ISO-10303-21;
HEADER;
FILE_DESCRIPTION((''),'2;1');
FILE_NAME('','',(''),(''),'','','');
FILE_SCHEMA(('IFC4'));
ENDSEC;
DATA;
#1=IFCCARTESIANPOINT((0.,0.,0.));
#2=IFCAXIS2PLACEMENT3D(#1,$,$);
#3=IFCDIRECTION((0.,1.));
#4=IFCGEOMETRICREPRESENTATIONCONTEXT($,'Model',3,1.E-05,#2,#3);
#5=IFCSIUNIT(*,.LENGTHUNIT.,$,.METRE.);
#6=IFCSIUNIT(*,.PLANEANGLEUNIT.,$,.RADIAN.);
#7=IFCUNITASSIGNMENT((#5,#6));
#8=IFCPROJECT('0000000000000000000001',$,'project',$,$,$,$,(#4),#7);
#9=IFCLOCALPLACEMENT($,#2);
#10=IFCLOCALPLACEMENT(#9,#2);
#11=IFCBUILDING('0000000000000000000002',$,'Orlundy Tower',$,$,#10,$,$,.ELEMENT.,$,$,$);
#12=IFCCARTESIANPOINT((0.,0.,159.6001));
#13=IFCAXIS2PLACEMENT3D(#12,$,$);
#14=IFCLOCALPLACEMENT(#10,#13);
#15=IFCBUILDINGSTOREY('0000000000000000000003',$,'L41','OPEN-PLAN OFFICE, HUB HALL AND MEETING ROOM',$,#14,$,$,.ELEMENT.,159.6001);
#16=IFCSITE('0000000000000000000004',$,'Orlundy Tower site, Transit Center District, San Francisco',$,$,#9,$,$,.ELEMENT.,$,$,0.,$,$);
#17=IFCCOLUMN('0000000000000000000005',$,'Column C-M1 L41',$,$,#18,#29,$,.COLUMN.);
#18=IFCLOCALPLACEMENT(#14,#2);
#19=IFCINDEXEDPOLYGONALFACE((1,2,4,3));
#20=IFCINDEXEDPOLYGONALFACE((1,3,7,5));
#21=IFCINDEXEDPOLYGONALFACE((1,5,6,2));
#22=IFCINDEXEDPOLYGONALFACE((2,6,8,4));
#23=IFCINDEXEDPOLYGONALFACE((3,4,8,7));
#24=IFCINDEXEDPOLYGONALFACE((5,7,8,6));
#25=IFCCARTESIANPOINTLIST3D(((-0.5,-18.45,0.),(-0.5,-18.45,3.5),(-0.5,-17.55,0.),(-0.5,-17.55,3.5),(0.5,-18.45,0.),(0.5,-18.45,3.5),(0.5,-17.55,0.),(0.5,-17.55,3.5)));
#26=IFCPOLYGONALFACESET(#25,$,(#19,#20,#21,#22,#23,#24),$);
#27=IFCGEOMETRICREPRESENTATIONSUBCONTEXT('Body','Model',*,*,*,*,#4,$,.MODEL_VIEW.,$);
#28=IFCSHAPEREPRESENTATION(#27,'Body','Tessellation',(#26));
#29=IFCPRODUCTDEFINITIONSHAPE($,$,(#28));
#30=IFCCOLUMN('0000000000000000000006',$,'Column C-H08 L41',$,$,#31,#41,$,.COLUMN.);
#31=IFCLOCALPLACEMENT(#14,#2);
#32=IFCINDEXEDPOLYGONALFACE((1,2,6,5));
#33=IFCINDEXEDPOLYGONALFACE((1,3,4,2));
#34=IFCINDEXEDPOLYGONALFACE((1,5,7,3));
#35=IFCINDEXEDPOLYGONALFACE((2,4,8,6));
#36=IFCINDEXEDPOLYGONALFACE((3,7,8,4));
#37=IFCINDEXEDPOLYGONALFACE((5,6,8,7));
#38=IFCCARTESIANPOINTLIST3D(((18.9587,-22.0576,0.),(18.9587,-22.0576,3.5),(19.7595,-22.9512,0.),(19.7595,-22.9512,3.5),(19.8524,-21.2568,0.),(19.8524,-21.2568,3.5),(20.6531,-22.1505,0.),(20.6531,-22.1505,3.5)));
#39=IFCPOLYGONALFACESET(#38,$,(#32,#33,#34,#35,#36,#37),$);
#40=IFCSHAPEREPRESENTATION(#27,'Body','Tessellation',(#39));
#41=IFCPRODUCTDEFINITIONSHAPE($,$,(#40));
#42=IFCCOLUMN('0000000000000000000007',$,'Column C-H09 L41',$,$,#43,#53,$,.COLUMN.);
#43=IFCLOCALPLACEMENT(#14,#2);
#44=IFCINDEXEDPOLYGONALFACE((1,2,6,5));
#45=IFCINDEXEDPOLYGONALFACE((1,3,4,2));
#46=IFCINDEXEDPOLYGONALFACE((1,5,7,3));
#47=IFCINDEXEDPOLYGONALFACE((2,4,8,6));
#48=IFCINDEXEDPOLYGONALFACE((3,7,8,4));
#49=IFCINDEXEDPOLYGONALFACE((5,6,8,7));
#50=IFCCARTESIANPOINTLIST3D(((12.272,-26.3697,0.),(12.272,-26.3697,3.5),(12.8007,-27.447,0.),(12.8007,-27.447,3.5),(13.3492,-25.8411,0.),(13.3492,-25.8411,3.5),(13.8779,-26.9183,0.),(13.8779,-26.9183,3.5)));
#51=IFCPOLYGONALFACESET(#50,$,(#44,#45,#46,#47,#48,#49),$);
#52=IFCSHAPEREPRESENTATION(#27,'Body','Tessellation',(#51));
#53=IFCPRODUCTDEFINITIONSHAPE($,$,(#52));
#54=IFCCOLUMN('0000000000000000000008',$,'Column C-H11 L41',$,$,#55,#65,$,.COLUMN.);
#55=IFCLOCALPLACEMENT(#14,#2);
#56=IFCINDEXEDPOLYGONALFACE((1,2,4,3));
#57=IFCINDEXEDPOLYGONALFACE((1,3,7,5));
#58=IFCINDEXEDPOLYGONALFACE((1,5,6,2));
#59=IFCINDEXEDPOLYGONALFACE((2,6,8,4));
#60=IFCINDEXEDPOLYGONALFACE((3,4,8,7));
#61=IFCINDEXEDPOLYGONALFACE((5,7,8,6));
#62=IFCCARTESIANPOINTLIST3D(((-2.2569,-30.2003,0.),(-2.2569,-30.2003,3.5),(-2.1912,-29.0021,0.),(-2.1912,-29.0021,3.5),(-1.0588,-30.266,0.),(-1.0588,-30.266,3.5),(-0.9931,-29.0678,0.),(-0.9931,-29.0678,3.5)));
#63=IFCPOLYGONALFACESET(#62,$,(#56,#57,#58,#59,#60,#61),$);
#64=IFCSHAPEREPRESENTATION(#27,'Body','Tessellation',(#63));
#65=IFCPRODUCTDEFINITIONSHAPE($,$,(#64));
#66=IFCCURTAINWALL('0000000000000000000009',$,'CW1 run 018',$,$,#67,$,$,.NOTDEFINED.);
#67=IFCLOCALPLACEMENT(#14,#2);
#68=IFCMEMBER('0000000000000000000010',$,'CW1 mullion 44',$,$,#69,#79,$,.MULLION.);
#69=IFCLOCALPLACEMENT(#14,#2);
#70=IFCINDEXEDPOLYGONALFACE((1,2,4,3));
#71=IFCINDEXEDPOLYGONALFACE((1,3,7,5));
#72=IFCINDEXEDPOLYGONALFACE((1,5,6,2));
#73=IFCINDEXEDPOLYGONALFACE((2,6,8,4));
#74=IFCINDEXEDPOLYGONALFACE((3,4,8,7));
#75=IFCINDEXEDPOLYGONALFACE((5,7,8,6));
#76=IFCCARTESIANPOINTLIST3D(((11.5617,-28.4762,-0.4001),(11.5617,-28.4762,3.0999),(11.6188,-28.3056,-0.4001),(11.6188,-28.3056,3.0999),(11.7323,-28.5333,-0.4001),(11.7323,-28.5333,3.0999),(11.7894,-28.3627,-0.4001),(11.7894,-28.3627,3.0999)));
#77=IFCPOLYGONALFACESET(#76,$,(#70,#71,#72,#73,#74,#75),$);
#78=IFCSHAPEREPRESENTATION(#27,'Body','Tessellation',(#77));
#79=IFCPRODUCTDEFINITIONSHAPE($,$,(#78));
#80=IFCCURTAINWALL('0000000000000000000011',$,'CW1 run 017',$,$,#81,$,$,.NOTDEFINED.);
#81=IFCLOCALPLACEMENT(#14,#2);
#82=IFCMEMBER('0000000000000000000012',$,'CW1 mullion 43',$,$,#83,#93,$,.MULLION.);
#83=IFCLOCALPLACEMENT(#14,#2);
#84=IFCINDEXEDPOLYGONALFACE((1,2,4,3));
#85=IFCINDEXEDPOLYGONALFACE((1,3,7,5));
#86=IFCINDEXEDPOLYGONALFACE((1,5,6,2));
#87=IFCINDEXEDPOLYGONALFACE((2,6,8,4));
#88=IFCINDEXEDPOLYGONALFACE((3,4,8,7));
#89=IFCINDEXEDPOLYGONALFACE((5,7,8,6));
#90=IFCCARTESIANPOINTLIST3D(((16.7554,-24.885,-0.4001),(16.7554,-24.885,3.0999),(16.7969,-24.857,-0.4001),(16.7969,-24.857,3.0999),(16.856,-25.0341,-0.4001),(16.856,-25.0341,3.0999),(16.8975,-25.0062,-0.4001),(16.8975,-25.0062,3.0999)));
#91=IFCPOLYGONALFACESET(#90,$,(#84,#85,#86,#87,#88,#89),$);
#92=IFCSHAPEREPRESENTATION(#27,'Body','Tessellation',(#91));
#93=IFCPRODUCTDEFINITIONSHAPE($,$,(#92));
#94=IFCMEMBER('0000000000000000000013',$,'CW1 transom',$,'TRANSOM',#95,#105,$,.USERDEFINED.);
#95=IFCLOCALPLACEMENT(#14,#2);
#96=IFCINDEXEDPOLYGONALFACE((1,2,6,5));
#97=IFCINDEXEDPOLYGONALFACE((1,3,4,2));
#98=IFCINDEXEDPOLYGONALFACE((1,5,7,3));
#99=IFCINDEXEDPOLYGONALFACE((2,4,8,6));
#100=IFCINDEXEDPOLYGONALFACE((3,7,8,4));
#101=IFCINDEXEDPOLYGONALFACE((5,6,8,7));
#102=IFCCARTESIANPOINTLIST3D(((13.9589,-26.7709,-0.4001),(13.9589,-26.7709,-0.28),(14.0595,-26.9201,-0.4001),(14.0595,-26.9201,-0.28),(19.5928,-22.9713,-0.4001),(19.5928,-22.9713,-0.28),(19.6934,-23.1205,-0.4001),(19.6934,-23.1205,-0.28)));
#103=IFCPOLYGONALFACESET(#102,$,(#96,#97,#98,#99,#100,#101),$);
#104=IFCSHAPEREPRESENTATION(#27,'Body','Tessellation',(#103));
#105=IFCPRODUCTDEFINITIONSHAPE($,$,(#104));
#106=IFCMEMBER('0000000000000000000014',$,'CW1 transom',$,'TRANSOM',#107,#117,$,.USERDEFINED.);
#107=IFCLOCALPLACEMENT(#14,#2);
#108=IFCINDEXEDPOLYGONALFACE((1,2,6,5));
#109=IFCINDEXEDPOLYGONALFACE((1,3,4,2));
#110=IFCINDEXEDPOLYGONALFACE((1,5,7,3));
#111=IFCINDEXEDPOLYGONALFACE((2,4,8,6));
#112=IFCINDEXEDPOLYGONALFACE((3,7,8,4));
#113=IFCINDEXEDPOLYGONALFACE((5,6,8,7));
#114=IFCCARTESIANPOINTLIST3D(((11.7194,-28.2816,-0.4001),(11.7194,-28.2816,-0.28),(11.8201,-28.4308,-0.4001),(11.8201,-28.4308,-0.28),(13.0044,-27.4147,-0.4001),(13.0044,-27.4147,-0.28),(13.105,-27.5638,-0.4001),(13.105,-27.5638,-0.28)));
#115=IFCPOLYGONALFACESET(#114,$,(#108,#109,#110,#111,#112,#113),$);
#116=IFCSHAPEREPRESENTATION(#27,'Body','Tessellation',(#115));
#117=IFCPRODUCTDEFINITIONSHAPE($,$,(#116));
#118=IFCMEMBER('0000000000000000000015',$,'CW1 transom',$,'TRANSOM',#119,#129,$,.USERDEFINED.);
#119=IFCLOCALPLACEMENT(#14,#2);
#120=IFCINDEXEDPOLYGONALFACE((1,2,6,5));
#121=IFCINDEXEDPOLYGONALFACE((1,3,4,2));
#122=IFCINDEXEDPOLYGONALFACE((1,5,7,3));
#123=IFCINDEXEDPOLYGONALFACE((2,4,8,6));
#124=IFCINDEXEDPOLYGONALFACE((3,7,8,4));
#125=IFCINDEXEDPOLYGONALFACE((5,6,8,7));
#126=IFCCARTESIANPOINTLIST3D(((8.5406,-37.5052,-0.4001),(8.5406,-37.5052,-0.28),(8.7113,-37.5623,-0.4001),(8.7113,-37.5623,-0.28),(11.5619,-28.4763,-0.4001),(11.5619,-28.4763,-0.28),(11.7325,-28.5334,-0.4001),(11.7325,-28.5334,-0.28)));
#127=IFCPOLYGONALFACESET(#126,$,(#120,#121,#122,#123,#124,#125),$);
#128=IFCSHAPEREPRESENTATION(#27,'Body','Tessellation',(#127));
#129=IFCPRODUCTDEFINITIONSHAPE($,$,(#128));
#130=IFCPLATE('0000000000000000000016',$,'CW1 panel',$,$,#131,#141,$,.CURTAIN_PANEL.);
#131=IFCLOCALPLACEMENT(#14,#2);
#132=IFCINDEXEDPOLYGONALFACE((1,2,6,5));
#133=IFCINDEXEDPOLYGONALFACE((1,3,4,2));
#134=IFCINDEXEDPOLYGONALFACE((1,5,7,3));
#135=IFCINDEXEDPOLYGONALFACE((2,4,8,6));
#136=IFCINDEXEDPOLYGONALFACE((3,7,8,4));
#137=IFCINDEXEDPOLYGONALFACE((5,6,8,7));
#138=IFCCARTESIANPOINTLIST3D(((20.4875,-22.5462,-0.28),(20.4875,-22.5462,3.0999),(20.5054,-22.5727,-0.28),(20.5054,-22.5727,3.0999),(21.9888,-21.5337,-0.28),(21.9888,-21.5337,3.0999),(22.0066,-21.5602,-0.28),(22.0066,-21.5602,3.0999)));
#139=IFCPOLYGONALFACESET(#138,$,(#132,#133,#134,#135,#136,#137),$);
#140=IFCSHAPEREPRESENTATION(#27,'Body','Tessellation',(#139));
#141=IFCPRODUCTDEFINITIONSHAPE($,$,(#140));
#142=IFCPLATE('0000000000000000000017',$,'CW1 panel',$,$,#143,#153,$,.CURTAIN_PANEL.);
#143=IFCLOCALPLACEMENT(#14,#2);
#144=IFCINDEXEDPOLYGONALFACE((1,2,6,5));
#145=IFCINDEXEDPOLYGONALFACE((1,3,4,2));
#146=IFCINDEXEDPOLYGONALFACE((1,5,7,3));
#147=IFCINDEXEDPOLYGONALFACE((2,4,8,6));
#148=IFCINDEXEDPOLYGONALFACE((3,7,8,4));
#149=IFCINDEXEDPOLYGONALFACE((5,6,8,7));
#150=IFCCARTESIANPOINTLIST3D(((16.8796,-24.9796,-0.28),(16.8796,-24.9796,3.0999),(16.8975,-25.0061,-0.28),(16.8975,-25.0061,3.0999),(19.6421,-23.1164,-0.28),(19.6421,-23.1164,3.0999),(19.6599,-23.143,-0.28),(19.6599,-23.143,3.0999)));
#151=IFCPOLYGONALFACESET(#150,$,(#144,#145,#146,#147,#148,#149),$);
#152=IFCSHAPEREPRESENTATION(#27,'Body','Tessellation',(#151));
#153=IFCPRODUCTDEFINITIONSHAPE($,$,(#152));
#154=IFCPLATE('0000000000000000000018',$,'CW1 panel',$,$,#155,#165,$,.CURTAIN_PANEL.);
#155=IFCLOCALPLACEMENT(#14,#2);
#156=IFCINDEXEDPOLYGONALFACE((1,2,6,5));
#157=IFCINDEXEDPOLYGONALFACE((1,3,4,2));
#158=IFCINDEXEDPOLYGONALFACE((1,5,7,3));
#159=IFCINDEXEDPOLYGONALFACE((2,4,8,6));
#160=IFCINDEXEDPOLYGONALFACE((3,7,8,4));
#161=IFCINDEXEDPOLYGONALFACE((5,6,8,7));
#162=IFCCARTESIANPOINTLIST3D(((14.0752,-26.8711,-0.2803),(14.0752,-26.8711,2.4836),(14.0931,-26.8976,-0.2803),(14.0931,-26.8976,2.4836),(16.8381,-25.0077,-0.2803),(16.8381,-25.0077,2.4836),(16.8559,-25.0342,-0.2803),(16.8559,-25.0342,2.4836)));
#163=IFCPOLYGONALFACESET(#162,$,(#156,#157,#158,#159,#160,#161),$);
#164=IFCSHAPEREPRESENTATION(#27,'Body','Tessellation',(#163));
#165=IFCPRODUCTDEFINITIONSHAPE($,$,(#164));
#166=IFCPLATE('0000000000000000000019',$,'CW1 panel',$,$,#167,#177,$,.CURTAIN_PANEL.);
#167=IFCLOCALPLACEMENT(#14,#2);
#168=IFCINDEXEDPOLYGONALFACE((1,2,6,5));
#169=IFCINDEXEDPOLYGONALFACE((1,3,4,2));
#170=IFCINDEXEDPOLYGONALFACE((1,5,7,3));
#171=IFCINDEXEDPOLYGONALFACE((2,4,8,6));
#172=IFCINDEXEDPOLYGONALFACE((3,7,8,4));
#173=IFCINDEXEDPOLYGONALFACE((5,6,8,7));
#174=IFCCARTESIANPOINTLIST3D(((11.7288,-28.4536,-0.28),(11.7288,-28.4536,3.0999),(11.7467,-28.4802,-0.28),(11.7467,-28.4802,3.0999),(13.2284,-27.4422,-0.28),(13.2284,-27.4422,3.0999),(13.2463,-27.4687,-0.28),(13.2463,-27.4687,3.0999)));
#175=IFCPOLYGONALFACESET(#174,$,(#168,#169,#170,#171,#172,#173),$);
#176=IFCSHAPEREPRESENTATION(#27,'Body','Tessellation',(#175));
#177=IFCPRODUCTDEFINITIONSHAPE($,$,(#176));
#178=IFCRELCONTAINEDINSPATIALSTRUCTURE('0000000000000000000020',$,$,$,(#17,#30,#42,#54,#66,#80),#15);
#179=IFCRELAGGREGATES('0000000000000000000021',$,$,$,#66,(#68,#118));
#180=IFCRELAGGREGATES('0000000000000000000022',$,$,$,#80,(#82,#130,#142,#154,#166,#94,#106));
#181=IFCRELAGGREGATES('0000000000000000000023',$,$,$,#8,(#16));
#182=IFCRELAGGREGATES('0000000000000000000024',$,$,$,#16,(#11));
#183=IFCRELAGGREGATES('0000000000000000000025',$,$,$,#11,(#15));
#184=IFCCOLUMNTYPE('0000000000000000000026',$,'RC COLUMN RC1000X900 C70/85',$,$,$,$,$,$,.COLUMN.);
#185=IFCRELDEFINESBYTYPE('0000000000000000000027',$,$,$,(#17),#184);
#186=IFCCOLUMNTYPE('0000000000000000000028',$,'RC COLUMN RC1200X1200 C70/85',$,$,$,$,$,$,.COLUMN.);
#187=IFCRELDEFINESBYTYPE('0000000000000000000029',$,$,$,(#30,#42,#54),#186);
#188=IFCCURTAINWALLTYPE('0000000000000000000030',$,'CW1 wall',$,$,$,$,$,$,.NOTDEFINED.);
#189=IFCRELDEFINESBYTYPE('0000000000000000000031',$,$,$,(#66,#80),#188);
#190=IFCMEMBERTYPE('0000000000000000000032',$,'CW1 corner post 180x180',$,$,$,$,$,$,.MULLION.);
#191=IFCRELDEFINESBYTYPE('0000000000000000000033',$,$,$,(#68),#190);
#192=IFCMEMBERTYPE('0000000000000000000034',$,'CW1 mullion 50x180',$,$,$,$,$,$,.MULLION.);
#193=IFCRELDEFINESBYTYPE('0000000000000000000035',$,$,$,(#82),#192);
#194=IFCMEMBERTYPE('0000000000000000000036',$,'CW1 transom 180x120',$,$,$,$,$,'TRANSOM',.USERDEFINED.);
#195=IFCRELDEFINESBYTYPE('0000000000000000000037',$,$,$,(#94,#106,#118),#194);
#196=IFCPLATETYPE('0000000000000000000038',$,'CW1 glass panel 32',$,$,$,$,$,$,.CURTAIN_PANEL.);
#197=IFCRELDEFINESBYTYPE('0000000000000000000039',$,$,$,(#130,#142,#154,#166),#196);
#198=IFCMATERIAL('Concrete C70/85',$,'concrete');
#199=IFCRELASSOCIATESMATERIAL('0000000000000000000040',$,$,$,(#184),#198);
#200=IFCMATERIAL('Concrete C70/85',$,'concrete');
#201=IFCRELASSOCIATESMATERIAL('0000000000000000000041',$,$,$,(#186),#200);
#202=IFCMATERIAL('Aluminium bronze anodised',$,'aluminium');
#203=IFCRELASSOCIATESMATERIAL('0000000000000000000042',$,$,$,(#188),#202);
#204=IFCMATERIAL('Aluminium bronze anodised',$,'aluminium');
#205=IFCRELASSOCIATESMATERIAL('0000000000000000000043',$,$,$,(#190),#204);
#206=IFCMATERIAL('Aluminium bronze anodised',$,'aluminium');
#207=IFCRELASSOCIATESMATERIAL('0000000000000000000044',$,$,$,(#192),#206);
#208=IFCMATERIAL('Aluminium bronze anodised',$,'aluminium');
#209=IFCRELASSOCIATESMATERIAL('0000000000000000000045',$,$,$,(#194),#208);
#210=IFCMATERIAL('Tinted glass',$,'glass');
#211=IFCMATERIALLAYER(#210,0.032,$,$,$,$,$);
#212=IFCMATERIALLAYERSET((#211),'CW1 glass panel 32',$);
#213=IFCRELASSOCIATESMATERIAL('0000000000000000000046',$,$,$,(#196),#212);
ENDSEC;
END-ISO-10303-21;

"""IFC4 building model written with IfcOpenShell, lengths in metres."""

from ifc_helpers import new_model, si_unit, direction, frame, origin, origin_2d, place, context, subcontext, project, spatial, rectangle, extrude, material, layer, layer_set, material_profile, profile_set, type_object, element, aggregate, save


model = new_model("IFC4")

# Units and contexts
model_context = context("Model", 3, precision=1e-05, world=origin(), true_north=direction((0.0, 1.0)))
body_context = subcontext(model_context, "Body", "Model", "MODEL_VIEW")
ifc_project = project(units=[si_unit("LENGTHUNIT", "METRE"), si_unit("PLANEANGLEUNIT", "RADIAN")], contexts=[model_context])

# Site, building, storey
site_placement = place(None, origin())
site = spatial("IfcSite", under=ifc_project, at=site_placement, Name="Orlundy Tower site, Transit Center District, San Francisco", CompositionType="ELEMENT", RefElevation=0.0)
building_placement = place(site_placement, origin())
building = spatial("IfcBuilding", under=site, at=building_placement, Name="Orlundy Tower", CompositionType="ELEMENT")
storey_placement = place(building_placement, frame((0.0, 0.0, 159.6001)))
storey = spatial("IfcBuildingStorey", under=building, at=storey_placement, Name="L41", Description="OPEN-PLAN OFFICE, HUB HALL AND MEETING ROOM", CompositionType="ELEMENT", Elevation=159.6001)

# Columns
ifc_material_1 = material(Name="Concrete C70/85", Category="concrete")
ifc_material_profile_1 = material_profile(ifc_material_1, rectangle(XDim=1.0, YDim=0.8999, at=origin_2d()), Name="RC1000X900")
ifc_profile_set_1 = profile_set([ifc_material_profile_1], Name="Concrete C70/85")
column_type_1 = type_object("IfcColumnType", Name="RC COLUMN RC1000X900 C70/85", PredefinedType="COLUMN", material=ifc_profile_set_1)
column_placement = place(storey_placement, frame((0.0, -18.0, 0.0), z_axis=(0.0, 0.0, 1.0), x_axis=(1.0, 0.0, 0.0)))
element("IfcColumn", 1, at=column_placement, inside=storey, type_object=column_type_1, Name="Column C-M1 L41", PredefinedType="COLUMN", context=body_context, shape_type="SweptSolid", body=[
    extrude(rectangle(XDim=1.0, YDim=0.8999, at=origin_2d()), origin(), (0.0, 0.0, 1.0), 3.5),
])
ifc_material_2 = material(Name="Concrete C70/85", Category="concrete")
ifc_material_profile_2 = material_profile(ifc_material_2, rectangle(XDim=1.2, YDim=1.2, at=origin_2d()), Name="RC1200X1200")
ifc_profile_set_2 = profile_set([ifc_material_profile_2], Name="Concrete C70/85")
column_type_2 = type_object("IfcColumnType", Name="RC COLUMN RC1200X1200 C70/85", PredefinedType="COLUMN", material=ifc_profile_set_2)
for number, where, z_axis, x_axis, name in (
    (2, (19.8059, -22.104, 0.0), (0.0, 0.0, 1.0), (0.667339, -0.744754, 0.0), "Column C-H08 L41"),
    (3, (13.075, -26.644, 0.0), (0.0, 0.0, 1.0), (0.44055, -0.897728, 0.0), "Column C-H09 L41"),
    (4, (-1.625, -29.634, 0.0), (0.0, 0.0, 1.0), (-0.054758, -0.9985, 0.0), "Column C-H11 L41"),
):
    element("IfcColumn", number, at=place(storey_placement, frame(where, z_axis=z_axis, x_axis=x_axis)), inside=storey, type_object=column_type_2, Name=name, PredefinedType="COLUMN", context=body_context, shape_type="SweptSolid", body=[
        extrude(rectangle(XDim=1.2, YDim=1.2, at=origin_2d()), origin(), (0.0, 0.0, 1.0), 3.5),
    ])

# Curtain wall, member
ifc_material_3 = material(Name="Aluminium bronze anodised", Category="aluminium")
curtain_wall_type = type_object("IfcCurtainWallType", Name="CW1 wall", PredefinedType="NOTDEFINED", material=ifc_material_3)
curtain_wall_1_placement = place(storey_placement, origin())
curtain_wall_1 = element("IfcCurtainWall", 5, at=curtain_wall_1_placement, inside=storey, type_object=curtain_wall_type, Name="CW1 run 018", PredefinedType="NOTDEFINED")
ifc_material_4 = material(Name="Aluminium bronze anodised", Category="aluminium")
ifc_material_profile_3 = material_profile(ifc_material_4, rectangle(XDim=0.1799, YDim=0.1799, at=origin_2d()), Name="CW1 corner post 180x180")
ifc_profile_set_3 = profile_set([ifc_material_profile_3], Name="Aluminium bronze anodised")
member_type_1 = type_object("IfcMemberType", Name="CW1 corner post 180x180", PredefinedType="MULLION", material=ifc_profile_set_3)
member_1_placement = place(storey_placement, frame((11.6755, -28.4194, -0.4001), z_axis=(0.0, 0.0, 1.0), x_axis=(0.948321, -0.317314, 0.0)))
member_1 = element("IfcMember", 6, at=member_1_placement, type_object=member_type_1, Name="CW1 mullion 44", PredefinedType="MULLION", context=body_context, shape_type="SweptSolid", body=[
    extrude(rectangle(XDim=0.1799, YDim=0.1799, at=origin_2d()), origin(), (0.0, 0.0, 1.0), 3.5),
])

# Curtain wall, members
curtain_wall_2_placement = place(storey_placement, origin())
curtain_wall_2 = element("IfcCurtainWall", 7, at=curtain_wall_2_placement, inside=storey, type_object=curtain_wall_type, Name="CW1 run 017", PredefinedType="NOTDEFINED")
ifc_material_5 = material(Name="Aluminium bronze anodised", Category="aluminium")
ifc_material_profile_4 = material_profile(ifc_material_5, rectangle(XDim=0.1799, YDim=0.05, at=origin_2d()), Name="CW1 mullion 50x180")
ifc_profile_set_4 = profile_set([ifc_material_profile_4], Name="Aluminium bronze anodised")
member_type_2 = type_object("IfcMemberType", Name="CW1 mullion 50x180", PredefinedType="MULLION", material=ifc_profile_set_4)
member_2_placement = place(storey_placement, frame((16.8264, -24.9456, -0.4001), z_axis=(0.0, 0.0, 1.0), x_axis=(0.559165, -0.829057, 0.0)))
member_2 = element("IfcMember", 8, at=member_2_placement, type_object=member_type_2, Name="CW1 mullion 43", PredefinedType="MULLION", context=body_context, shape_type="SweptSolid", body=[
    extrude(rectangle(XDim=0.1799, YDim=0.05, at=origin_2d()), origin(), (0.0, 0.0, 1.0), 3.5),
])
ifc_material_6 = material(Name="Aluminium bronze anodised", Category="aluminium")
ifc_material_profile_5 = material_profile(ifc_material_6, rectangle(XDim=0.1799, YDim=0.1201, at=origin_2d()), Name="CW1 transom 180x120")
ifc_profile_set_5 = profile_set([ifc_material_profile_5], Name="Aluminium bronze anodised")
member_type_3 = type_object("IfcMemberType", Name="CW1 transom 180x120", ElementType="TRANSOM", PredefinedType="USERDEFINED", material=ifc_profile_set_5)
member_3_placement = place(storey_placement, frame((19.6431, -23.0459, -0.3401), z_axis=(-0.82907, -0.559145, 0.0), x_axis=(0.559145, -0.82907, 0.0)))
member_3 = element("IfcMember", 9, at=member_3_placement, type_object=member_type_3, Name="CW1 transom", ObjectType="TRANSOM", PredefinedType="USERDEFINED", context=body_context, shape_type="SweptSolid", body=[
    extrude(rectangle(XDim=0.1799, YDim=0.1201, at=origin_2d()), origin(), (0.0, 0.0, 1.0), 6.7954),
])
member_4_placement = place(storey_placement, frame((13.0547, -27.4893, -0.3401), z_axis=(-0.82896, -0.559308, 0.0), x_axis=(0.559308, -0.82896, 0.0)))
member_4 = element("IfcMember", 10, at=member_4_placement, type_object=member_type_3, Name="CW1 transom", ObjectType="TRANSOM", PredefinedType="USERDEFINED", context=body_context, shape_type="SweptSolid", body=[
    extrude(rectangle(XDim=0.1799, YDim=0.1201, at=origin_2d()), origin(), (0.0, 0.0, 1.0), 1.55),
])

# Member
member_5_placement = place(storey_placement, frame((11.6472, -28.5049, -0.3401), z_axis=(-0.317328, -0.948316, 0.0), x_axis=(0.948316, -0.317328, 0.0)))
member_5 = element("IfcMember", 11, at=member_5_placement, type_object=member_type_3, Name="CW1 transom", ObjectType="TRANSOM", PredefinedType="USERDEFINED", context=body_context, shape_type="SweptSolid", body=[
    extrude(rectangle(XDim=0.1799, YDim=0.1201, at=origin_2d()), origin(), (0.0, 0.0, 1.0), 9.521),
])
aggregate(curtain_wall_1, [member_1, member_5])

# Plates
ifc_material_7 = material(Name="Tinted glass", Category="glass")
ifc_layer_1 = layer(ifc_material_7, 0.032)
ifc_layer_set_1 = layer_set([ifc_layer_1], Name="CW1 glass panel 32")
plate_type = type_object("IfcPlateType", Name="CW1 glass panel 32", PredefinedType="CURTAIN_PANEL", material=ifc_layer_set_1)
plate_1_placement = place(storey_placement, frame((21.2471, -22.0532, -0.28), z_axis=(0.0, 0.0, 1.0), x_axis=(-0.829057, -0.559165, 0.0)))
plate_1 = element("IfcPlate", 12, at=plate_1_placement, type_object=plate_type, Name="CW1 panel", PredefinedType="CURTAIN_PANEL", context=body_context, shape_type="SweptSolid", body=[
    extrude(rectangle(XDim=1.8108, YDim=0.032, at=origin_2d()), origin(), (0.0, 0.0, 1.0), 3.3799),
])
plate_2_placement = place(storey_placement, frame((18.2698, -24.0613, -0.28), z_axis=(0.0, 0.0, 1.0), x_axis=(-0.829057, -0.559165, 0.0)))
plate_2 = element("IfcPlate", 13, at=plate_2_placement, type_object=plate_type, Name="CW1 panel", PredefinedType="CURTAIN_PANEL", context=body_context, shape_type="SweptSolid", body=[
    extrude(rectangle(XDim=3.332, YDim=0.032, at=origin_2d()), origin(), (0.0, 0.0, 1.0), 3.3799),
])
plate_3_placement = place(storey_placement, frame((15.4656, -25.9526, -0.2803), z_axis=(0.0, 0.0, 1.0), x_axis=(-0.829057, -0.559165, 0.0)))
plate_3 = element("IfcPlate", 14, at=plate_3_placement, type_object=plate_type, Name="CW1 panel", PredefinedType="CURTAIN_PANEL", context=body_context, shape_type="SweptSolid", body=[
    extrude(rectangle(XDim=3.3325, YDim=0.032, at=origin_2d()), origin(), (0.0, 0.0, 1.0), 2.7639),
])
plate_4_placement = place(storey_placement, frame((12.4875, -27.9612, -0.28), z_axis=(0.0, 0.0, 1.0), x_axis=(-0.829057, -0.559165, 0.0)))
plate_4 = element("IfcPlate", 15, at=plate_4_placement, type_object=plate_type, Name="CW1 panel", PredefinedType="CURTAIN_PANEL", context=body_context, shape_type="SweptSolid", body=[
    extrude(rectangle(XDim=1.8088, YDim=0.032, at=origin_2d()), origin(), (0.0, 0.0, 1.0), 3.3799),
])
aggregate(curtain_wall_2, [member_2, plate_1, plate_2, plate_3, plate_4, member_3, member_4])

save(model, "model.ifc")
